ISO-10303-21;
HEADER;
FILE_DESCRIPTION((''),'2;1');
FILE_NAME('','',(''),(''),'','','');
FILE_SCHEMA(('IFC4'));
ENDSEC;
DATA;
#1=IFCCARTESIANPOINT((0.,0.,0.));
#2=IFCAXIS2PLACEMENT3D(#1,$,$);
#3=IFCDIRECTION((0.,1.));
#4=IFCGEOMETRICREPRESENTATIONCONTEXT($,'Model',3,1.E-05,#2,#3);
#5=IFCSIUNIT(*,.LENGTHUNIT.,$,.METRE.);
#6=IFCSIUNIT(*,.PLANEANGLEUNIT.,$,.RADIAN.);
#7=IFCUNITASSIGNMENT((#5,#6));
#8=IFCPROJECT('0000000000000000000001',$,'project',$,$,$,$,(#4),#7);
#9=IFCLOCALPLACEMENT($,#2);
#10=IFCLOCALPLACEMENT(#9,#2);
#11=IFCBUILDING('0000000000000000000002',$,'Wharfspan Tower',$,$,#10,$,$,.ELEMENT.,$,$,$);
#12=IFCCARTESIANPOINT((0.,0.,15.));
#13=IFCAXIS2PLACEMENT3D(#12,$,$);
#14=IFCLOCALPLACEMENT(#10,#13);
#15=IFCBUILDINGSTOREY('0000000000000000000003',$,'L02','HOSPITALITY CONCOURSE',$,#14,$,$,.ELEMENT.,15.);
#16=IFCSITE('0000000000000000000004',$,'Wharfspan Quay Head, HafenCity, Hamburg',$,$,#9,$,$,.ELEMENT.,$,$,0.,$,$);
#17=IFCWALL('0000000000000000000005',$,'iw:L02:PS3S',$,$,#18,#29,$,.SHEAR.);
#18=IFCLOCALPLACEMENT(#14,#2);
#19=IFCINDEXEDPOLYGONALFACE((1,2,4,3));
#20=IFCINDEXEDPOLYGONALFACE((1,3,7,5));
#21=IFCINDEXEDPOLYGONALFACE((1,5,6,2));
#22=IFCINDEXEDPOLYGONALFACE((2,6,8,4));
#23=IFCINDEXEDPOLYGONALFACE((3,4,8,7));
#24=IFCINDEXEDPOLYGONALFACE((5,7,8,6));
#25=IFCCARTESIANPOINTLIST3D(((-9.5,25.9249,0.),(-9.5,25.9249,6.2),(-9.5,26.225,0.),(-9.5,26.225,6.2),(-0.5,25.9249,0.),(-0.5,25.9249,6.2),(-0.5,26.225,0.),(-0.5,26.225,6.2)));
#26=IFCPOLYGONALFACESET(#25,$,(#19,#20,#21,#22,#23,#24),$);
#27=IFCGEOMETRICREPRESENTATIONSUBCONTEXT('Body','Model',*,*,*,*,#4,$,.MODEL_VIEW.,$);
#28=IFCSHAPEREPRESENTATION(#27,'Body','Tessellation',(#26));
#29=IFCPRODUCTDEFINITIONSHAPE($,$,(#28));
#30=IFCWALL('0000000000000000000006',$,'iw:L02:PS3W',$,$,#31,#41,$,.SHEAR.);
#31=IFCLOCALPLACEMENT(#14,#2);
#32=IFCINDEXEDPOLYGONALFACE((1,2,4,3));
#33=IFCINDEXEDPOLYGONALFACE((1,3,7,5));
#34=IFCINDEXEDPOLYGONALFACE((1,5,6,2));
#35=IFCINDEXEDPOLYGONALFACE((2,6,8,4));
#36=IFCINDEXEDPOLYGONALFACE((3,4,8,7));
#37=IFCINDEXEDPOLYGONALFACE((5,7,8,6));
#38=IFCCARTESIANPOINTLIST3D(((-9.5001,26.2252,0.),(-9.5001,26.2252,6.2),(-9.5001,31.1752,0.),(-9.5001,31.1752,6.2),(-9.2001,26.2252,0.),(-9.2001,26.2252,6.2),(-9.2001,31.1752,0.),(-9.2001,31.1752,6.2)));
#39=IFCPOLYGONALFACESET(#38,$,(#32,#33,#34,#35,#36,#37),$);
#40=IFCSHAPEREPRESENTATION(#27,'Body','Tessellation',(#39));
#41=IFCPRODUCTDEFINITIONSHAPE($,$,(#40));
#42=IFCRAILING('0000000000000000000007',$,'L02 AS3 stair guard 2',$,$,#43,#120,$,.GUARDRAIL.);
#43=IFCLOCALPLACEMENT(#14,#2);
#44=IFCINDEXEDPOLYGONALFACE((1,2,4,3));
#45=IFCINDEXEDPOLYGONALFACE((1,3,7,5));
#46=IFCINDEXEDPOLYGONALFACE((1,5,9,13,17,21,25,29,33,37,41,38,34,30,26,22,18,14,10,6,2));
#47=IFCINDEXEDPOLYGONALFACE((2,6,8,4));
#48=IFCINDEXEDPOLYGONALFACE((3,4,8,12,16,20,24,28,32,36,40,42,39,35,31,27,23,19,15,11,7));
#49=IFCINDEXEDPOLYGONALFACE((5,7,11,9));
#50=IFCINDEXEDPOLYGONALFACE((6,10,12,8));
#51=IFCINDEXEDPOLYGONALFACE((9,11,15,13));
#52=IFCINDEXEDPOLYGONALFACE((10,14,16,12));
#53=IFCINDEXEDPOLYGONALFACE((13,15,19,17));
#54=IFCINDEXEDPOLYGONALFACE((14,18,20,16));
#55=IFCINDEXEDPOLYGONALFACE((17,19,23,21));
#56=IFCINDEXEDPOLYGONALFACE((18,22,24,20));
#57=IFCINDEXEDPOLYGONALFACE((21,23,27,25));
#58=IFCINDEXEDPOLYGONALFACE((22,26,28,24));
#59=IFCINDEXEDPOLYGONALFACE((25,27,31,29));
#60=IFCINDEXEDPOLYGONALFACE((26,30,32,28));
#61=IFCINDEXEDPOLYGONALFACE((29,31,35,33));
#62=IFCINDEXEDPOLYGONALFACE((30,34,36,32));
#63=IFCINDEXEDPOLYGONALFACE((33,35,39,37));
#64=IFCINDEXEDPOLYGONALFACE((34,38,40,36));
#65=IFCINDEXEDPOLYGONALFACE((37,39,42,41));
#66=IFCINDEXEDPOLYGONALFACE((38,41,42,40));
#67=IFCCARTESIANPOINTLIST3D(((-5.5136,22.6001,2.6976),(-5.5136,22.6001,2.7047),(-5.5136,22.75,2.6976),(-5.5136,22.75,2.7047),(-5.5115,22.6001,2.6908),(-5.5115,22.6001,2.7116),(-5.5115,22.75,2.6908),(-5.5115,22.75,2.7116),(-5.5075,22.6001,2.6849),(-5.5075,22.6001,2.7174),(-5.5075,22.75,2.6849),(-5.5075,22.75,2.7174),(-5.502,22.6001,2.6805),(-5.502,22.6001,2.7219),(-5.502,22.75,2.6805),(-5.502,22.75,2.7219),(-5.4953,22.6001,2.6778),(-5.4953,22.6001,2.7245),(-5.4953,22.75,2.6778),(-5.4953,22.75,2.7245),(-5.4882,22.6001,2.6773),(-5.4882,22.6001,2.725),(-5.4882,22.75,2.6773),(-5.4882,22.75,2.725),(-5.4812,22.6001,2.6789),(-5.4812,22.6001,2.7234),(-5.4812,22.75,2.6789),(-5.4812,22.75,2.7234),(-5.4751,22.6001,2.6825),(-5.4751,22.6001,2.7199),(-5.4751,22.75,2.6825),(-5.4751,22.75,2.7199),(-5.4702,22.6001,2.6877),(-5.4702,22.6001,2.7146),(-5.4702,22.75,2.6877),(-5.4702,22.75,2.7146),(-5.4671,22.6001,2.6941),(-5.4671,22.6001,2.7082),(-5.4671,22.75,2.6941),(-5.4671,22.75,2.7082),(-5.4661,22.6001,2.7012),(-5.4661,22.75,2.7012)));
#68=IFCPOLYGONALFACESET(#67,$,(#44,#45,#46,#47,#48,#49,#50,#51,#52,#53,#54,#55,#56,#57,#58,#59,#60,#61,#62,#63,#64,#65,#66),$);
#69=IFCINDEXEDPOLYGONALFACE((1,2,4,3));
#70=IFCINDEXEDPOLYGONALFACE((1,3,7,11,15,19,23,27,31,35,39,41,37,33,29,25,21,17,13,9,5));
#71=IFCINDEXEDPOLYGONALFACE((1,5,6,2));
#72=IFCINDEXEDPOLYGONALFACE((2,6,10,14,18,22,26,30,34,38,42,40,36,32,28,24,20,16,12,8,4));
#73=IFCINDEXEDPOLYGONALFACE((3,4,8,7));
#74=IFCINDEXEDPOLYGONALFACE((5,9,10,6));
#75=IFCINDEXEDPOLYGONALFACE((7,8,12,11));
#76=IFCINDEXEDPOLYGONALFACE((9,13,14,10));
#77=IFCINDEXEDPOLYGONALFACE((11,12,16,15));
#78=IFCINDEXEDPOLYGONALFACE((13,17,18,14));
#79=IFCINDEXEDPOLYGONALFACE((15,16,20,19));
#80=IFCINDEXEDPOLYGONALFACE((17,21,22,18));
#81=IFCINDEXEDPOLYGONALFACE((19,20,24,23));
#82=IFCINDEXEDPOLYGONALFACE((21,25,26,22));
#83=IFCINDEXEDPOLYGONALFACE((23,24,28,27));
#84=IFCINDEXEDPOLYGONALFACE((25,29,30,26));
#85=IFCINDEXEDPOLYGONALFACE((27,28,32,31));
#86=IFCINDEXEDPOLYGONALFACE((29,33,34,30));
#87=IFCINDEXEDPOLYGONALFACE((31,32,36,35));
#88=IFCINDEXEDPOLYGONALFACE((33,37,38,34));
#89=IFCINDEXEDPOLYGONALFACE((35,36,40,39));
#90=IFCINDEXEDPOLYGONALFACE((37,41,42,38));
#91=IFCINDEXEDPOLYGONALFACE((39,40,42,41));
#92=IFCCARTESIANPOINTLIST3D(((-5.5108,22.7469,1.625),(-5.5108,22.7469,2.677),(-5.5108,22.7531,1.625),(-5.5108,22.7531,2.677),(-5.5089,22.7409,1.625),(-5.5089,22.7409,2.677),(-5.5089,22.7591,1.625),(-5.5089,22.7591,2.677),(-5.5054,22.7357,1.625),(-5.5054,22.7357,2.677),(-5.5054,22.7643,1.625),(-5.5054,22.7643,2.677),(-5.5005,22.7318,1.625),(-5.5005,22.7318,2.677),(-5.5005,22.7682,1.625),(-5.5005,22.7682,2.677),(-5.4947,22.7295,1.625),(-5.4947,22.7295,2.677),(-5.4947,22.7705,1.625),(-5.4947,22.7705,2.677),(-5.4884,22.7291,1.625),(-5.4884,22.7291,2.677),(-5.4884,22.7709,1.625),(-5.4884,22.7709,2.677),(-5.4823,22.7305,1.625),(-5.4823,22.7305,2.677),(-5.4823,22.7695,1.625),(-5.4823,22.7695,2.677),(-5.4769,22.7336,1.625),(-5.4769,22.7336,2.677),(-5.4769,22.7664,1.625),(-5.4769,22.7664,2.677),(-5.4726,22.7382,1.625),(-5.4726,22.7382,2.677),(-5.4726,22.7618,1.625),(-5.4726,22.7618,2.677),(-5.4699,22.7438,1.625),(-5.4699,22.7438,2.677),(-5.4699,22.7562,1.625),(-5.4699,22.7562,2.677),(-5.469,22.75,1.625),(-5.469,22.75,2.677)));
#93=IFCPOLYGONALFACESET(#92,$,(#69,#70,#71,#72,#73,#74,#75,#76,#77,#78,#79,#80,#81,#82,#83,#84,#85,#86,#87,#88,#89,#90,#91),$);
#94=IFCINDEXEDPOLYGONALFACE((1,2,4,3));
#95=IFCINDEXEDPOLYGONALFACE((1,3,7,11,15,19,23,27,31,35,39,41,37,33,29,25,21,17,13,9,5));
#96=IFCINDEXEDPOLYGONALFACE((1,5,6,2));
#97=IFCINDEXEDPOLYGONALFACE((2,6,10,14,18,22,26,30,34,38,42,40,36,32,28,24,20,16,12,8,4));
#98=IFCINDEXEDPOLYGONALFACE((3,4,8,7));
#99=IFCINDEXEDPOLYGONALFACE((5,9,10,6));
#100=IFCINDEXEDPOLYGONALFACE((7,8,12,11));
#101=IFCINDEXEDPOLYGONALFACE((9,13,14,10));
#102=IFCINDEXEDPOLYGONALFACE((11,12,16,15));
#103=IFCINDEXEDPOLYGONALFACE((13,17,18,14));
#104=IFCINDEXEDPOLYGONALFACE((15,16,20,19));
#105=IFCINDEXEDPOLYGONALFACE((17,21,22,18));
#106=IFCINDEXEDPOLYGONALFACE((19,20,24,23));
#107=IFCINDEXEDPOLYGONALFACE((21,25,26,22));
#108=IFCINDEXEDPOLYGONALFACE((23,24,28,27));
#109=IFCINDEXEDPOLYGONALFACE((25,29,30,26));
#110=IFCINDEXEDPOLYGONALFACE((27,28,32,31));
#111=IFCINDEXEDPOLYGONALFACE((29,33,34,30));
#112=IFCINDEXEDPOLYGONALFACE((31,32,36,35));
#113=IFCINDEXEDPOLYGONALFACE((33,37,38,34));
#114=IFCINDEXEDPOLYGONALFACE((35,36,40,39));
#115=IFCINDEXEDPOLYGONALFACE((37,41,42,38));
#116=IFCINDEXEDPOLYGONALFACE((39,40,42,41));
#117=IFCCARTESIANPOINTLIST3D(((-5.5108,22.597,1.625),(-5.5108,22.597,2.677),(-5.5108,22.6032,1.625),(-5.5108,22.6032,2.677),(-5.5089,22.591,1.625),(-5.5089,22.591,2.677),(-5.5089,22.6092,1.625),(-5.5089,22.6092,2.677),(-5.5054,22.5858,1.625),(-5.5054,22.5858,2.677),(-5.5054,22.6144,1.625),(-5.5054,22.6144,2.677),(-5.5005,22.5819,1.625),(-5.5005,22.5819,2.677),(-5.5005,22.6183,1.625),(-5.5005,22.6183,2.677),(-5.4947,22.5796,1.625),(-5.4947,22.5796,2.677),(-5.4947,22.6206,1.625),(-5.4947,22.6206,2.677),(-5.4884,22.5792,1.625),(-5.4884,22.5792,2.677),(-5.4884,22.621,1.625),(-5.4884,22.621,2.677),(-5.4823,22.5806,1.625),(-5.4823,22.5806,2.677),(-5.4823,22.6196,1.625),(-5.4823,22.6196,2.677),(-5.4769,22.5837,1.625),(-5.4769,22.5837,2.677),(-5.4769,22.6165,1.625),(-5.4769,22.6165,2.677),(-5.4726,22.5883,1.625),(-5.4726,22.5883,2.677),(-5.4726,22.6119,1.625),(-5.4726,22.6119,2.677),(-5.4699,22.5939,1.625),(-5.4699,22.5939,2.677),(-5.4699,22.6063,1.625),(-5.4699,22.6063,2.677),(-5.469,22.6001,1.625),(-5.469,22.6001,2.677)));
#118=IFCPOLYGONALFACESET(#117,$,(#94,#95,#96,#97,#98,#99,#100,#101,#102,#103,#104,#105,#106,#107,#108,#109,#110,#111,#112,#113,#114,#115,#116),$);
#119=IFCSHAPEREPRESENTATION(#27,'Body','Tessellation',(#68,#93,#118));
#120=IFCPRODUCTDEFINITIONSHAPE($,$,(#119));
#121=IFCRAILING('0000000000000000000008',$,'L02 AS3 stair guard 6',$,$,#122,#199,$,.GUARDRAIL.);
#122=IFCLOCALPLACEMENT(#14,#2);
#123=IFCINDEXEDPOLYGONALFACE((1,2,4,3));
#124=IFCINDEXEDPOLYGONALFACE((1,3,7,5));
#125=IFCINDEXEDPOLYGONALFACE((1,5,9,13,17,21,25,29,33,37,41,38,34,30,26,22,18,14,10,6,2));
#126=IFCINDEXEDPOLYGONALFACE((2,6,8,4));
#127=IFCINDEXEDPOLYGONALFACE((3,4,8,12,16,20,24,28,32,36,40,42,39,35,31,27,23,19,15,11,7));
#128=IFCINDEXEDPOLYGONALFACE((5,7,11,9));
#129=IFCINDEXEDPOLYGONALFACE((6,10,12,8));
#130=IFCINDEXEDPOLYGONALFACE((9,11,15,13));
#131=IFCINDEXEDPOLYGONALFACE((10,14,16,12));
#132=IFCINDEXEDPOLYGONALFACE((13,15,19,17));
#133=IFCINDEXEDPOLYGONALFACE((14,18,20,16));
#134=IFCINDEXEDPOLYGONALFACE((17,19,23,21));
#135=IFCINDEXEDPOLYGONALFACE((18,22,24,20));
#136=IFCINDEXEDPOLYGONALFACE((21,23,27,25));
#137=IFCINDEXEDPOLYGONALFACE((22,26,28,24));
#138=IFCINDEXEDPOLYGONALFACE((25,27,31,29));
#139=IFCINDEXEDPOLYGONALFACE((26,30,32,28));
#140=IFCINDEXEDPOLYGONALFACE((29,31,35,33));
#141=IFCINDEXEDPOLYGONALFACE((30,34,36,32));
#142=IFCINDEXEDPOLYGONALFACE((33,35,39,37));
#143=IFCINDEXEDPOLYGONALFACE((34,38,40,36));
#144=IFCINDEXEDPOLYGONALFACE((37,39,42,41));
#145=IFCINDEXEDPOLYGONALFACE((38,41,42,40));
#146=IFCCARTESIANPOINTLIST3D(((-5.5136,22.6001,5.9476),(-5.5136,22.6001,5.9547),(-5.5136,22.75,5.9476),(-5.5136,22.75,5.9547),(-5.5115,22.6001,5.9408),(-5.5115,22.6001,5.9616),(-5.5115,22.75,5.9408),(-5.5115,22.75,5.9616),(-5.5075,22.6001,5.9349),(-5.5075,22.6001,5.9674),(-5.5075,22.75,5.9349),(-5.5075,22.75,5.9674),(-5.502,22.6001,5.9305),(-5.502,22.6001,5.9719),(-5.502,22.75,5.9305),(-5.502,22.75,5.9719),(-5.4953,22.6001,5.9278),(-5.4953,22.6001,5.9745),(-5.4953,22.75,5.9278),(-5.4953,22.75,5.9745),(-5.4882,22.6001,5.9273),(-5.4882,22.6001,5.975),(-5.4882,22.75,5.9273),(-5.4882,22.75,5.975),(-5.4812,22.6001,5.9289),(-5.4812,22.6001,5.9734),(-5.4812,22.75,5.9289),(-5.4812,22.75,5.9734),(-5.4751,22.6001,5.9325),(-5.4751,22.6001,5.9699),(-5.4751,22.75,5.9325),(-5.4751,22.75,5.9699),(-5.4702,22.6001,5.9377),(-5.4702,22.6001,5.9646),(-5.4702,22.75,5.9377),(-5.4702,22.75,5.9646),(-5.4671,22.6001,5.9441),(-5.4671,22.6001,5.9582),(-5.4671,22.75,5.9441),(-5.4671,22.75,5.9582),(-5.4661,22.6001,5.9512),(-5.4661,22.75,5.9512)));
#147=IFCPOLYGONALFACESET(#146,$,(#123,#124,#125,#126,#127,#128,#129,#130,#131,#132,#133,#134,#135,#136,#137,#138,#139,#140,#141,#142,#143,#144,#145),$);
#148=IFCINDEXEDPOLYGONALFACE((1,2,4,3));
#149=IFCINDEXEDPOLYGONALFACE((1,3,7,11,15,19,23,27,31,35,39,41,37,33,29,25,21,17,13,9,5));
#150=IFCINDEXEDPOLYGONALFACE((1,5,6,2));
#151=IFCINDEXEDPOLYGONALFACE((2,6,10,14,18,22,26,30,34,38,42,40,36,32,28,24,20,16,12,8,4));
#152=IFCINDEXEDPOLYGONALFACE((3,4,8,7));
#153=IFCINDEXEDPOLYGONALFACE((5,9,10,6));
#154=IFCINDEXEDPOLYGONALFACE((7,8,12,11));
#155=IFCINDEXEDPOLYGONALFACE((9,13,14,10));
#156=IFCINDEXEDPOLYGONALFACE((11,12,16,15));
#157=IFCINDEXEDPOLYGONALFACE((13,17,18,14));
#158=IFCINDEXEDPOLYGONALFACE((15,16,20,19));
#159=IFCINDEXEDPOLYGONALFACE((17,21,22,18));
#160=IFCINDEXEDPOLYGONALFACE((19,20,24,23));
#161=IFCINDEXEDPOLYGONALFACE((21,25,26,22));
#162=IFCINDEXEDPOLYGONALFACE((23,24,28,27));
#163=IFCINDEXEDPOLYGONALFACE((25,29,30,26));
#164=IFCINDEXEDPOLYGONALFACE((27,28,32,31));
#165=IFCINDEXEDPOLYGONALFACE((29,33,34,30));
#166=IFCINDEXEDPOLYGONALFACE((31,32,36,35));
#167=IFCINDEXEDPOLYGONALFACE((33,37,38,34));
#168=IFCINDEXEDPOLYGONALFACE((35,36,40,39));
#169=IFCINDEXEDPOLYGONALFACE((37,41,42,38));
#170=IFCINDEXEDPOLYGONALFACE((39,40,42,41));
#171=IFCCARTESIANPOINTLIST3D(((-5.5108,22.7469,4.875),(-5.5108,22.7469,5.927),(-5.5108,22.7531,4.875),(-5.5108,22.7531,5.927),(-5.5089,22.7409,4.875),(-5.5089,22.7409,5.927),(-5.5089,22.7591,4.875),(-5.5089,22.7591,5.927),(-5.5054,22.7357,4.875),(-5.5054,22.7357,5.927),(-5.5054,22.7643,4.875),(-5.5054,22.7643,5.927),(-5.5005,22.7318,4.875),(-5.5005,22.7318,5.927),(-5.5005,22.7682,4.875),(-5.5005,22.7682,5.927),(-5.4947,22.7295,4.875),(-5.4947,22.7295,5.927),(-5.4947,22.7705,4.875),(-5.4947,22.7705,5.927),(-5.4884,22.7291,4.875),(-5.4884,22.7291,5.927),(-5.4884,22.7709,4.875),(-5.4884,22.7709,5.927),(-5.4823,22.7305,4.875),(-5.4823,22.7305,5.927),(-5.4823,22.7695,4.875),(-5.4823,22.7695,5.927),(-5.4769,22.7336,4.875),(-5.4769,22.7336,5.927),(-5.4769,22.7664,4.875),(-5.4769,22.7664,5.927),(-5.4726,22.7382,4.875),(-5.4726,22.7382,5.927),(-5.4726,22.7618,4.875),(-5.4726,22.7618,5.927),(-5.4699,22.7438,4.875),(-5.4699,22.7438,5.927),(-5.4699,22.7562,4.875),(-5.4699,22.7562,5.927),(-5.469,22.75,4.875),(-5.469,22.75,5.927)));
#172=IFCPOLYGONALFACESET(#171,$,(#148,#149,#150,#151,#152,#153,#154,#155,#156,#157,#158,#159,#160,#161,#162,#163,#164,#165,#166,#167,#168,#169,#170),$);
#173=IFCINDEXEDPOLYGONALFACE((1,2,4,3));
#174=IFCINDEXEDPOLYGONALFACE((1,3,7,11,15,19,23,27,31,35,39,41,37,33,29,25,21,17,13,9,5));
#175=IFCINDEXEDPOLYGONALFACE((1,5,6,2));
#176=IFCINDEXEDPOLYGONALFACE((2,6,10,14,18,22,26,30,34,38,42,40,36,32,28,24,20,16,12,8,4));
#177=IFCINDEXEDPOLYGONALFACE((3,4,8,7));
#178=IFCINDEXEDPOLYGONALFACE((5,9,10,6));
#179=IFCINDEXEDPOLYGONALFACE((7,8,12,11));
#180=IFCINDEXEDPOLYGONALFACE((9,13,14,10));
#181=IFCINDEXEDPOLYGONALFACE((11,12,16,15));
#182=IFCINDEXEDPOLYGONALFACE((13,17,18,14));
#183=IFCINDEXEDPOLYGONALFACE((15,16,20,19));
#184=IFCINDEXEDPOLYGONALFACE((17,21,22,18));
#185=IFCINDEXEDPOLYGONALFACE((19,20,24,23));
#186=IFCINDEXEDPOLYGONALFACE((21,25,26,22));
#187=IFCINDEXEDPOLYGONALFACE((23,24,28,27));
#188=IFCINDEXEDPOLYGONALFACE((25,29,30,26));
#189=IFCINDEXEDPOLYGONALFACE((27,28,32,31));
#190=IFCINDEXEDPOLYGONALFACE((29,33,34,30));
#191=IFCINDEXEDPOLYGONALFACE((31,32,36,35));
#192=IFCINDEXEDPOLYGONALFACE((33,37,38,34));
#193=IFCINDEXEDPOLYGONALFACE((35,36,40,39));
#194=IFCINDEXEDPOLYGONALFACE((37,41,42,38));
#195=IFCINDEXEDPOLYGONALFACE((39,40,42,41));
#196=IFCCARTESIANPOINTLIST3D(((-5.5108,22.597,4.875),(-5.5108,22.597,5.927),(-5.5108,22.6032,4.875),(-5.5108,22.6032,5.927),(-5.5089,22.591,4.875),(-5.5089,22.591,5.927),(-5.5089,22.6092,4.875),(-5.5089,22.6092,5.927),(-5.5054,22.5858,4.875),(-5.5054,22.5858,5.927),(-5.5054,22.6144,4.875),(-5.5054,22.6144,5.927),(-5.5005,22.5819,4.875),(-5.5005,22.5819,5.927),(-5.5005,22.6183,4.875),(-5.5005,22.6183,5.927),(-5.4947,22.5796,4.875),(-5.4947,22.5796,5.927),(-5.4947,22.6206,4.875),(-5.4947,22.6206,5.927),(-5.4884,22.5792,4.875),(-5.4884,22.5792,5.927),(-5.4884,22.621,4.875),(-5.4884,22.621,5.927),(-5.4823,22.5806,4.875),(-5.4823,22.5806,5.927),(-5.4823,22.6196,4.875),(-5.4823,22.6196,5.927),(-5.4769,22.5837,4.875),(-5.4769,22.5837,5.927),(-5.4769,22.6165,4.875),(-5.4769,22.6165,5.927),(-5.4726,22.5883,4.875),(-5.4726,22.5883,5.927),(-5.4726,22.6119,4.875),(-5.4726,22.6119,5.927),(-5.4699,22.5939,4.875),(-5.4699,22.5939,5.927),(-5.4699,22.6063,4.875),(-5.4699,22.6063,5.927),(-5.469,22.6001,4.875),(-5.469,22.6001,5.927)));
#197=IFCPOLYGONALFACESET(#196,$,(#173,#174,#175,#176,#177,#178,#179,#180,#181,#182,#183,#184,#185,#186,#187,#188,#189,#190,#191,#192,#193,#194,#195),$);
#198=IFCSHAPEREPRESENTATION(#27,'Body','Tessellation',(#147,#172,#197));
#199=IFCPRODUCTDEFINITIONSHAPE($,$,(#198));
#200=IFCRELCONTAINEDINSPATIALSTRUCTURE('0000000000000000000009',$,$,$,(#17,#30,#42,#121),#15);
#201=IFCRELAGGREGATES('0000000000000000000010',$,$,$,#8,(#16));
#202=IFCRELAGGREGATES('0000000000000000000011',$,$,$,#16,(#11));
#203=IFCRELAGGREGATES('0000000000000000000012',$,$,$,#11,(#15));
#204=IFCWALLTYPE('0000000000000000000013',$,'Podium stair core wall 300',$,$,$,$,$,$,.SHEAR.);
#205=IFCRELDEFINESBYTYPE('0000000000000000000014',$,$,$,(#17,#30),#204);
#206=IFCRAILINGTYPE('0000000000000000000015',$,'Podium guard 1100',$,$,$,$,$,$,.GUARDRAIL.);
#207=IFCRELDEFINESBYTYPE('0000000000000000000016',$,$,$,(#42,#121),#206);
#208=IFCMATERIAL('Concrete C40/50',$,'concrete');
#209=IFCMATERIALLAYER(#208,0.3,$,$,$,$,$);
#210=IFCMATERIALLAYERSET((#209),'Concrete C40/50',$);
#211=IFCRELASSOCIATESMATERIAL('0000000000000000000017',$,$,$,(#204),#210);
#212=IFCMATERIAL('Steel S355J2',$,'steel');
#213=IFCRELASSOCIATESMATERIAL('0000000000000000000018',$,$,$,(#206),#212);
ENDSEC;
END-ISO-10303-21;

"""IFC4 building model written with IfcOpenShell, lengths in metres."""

from ifc_helpers import new_model, si_unit, direction, frame, frame_2d, origin, origin_2d, place, context, subcontext, project, spatial, rectangle, circle, extrude, material, layer, layer_set, type_object, element, save


model = new_model("IFC4")

# Units and contexts
model_context = context("Model", 3, precision=1e-05, world=origin(), true_north=direction((0.0, 1.0)))
body_context = subcontext(model_context, "Body", "Model", "MODEL_VIEW")
ifc_project = project(units=[si_unit("LENGTHUNIT", "METRE"), si_unit("PLANEANGLEUNIT", "RADIAN")], contexts=[model_context])

# Site, building, storey
site_placement = place(None, origin())
site = spatial("IfcSite", under=ifc_project, at=site_placement, Name="Wharfspan Quay Head, HafenCity, Hamburg", CompositionType="ELEMENT", RefElevation=0.0)
building_placement = place(site_placement, origin())
building = spatial("IfcBuilding", under=site, at=building_placement, Name="Wharfspan Tower", CompositionType="ELEMENT")
storey_placement = place(building_placement, frame((0.0, 0.0, 15.0)))
storey = spatial("IfcBuildingStorey", under=building, at=storey_placement, Name="L02", Description="HOSPITALITY CONCOURSE", CompositionType="ELEMENT", Elevation=15.0)

# Walls
ifc_material_1 = material(Name="Concrete C40/50", Category="concrete")
ifc_layer_1 = layer(ifc_material_1, 0.3)
ifc_layer_set_1 = layer_set([ifc_layer_1], Name="Concrete C40/50")
wall_type_1 = type_object("IfcWallType", Name="Podium stair core wall 300", PredefinedType="SHEAR", material=ifc_layer_set_1)
wall_1_placement = place(storey_placement, frame((-9.5, 26.075, 0.0), z_axis=(0.0, 0.0, 1.0), x_axis=(1.0, 0.0, 0.0)))
element("IfcWall", 1, at=wall_1_placement, inside=storey, type_object=wall_type_1, Name="iw:L02:PS3S", PredefinedType="SHEAR", context=body_context, shape_type="SweptSolid", body=[
    extrude(rectangle(XDim=9.0, YDim=0.3, at=frame_2d((4.5, 0.0))), origin(), (0.0, 0.0, 1.0), 6.2),
])
wall_2_placement = place(storey_placement, frame((-9.3501, 26.2251, 0.0), z_axis=(0.0, 0.0, 1.0), x_axis=(0.0, 1.0, 0.0)))
element("IfcWall", 2, at=wall_2_placement, inside=storey, type_object=wall_type_1, Name="iw:L02:PS3W", PredefinedType="SHEAR", context=body_context, shape_type="SweptSolid", body=[
    extrude(rectangle(XDim=4.95, YDim=0.3, at=frame_2d((2.4751, 0.0))), origin(), (0.0, 0.0, 1.0), 6.2),
])

# Railings
ifc_material_2 = material(Name="Steel S355J2", Category="steel")
railing_type_1 = type_object("IfcRailingType", Name="Podium guard 1100", PredefinedType="GUARDRAIL", material=ifc_material_2)
for number, where, name in (
    (3, (-5.49, 22.75, 1.625), "L02 AS3 stair guard 2"),
    (4, (-5.49, 22.75, 4.875), "L02 AS3 stair guard 6"),
):
    element("IfcRailing", number, at=place(storey_placement, frame(where)), inside=storey, type_object=railing_type_1, Name=name, PredefinedType="GUARDRAIL", context=body_context, shape_type="SweptSolid", body=[
        extrude(circle(Radius=0.0239, at=origin_2d()), frame((0.0, 0.0, 1.0762), z_axis=(0.0, -1.0, 0.0), x_axis=(1.0, 0.0, 0.0)), (0.0, 0.0, 1.0), 0.1499),
        extrude(circle(Radius=0.021, at=origin_2d()), origin(), (0.0, 0.0, 1.0), 1.052),
        extrude(circle(Radius=0.021, at=origin_2d()), frame((0.0, -0.1499, 0.0)), (0.0, 0.0, 1.0), 1.052),
    ])

save(model, "model.ifc")
